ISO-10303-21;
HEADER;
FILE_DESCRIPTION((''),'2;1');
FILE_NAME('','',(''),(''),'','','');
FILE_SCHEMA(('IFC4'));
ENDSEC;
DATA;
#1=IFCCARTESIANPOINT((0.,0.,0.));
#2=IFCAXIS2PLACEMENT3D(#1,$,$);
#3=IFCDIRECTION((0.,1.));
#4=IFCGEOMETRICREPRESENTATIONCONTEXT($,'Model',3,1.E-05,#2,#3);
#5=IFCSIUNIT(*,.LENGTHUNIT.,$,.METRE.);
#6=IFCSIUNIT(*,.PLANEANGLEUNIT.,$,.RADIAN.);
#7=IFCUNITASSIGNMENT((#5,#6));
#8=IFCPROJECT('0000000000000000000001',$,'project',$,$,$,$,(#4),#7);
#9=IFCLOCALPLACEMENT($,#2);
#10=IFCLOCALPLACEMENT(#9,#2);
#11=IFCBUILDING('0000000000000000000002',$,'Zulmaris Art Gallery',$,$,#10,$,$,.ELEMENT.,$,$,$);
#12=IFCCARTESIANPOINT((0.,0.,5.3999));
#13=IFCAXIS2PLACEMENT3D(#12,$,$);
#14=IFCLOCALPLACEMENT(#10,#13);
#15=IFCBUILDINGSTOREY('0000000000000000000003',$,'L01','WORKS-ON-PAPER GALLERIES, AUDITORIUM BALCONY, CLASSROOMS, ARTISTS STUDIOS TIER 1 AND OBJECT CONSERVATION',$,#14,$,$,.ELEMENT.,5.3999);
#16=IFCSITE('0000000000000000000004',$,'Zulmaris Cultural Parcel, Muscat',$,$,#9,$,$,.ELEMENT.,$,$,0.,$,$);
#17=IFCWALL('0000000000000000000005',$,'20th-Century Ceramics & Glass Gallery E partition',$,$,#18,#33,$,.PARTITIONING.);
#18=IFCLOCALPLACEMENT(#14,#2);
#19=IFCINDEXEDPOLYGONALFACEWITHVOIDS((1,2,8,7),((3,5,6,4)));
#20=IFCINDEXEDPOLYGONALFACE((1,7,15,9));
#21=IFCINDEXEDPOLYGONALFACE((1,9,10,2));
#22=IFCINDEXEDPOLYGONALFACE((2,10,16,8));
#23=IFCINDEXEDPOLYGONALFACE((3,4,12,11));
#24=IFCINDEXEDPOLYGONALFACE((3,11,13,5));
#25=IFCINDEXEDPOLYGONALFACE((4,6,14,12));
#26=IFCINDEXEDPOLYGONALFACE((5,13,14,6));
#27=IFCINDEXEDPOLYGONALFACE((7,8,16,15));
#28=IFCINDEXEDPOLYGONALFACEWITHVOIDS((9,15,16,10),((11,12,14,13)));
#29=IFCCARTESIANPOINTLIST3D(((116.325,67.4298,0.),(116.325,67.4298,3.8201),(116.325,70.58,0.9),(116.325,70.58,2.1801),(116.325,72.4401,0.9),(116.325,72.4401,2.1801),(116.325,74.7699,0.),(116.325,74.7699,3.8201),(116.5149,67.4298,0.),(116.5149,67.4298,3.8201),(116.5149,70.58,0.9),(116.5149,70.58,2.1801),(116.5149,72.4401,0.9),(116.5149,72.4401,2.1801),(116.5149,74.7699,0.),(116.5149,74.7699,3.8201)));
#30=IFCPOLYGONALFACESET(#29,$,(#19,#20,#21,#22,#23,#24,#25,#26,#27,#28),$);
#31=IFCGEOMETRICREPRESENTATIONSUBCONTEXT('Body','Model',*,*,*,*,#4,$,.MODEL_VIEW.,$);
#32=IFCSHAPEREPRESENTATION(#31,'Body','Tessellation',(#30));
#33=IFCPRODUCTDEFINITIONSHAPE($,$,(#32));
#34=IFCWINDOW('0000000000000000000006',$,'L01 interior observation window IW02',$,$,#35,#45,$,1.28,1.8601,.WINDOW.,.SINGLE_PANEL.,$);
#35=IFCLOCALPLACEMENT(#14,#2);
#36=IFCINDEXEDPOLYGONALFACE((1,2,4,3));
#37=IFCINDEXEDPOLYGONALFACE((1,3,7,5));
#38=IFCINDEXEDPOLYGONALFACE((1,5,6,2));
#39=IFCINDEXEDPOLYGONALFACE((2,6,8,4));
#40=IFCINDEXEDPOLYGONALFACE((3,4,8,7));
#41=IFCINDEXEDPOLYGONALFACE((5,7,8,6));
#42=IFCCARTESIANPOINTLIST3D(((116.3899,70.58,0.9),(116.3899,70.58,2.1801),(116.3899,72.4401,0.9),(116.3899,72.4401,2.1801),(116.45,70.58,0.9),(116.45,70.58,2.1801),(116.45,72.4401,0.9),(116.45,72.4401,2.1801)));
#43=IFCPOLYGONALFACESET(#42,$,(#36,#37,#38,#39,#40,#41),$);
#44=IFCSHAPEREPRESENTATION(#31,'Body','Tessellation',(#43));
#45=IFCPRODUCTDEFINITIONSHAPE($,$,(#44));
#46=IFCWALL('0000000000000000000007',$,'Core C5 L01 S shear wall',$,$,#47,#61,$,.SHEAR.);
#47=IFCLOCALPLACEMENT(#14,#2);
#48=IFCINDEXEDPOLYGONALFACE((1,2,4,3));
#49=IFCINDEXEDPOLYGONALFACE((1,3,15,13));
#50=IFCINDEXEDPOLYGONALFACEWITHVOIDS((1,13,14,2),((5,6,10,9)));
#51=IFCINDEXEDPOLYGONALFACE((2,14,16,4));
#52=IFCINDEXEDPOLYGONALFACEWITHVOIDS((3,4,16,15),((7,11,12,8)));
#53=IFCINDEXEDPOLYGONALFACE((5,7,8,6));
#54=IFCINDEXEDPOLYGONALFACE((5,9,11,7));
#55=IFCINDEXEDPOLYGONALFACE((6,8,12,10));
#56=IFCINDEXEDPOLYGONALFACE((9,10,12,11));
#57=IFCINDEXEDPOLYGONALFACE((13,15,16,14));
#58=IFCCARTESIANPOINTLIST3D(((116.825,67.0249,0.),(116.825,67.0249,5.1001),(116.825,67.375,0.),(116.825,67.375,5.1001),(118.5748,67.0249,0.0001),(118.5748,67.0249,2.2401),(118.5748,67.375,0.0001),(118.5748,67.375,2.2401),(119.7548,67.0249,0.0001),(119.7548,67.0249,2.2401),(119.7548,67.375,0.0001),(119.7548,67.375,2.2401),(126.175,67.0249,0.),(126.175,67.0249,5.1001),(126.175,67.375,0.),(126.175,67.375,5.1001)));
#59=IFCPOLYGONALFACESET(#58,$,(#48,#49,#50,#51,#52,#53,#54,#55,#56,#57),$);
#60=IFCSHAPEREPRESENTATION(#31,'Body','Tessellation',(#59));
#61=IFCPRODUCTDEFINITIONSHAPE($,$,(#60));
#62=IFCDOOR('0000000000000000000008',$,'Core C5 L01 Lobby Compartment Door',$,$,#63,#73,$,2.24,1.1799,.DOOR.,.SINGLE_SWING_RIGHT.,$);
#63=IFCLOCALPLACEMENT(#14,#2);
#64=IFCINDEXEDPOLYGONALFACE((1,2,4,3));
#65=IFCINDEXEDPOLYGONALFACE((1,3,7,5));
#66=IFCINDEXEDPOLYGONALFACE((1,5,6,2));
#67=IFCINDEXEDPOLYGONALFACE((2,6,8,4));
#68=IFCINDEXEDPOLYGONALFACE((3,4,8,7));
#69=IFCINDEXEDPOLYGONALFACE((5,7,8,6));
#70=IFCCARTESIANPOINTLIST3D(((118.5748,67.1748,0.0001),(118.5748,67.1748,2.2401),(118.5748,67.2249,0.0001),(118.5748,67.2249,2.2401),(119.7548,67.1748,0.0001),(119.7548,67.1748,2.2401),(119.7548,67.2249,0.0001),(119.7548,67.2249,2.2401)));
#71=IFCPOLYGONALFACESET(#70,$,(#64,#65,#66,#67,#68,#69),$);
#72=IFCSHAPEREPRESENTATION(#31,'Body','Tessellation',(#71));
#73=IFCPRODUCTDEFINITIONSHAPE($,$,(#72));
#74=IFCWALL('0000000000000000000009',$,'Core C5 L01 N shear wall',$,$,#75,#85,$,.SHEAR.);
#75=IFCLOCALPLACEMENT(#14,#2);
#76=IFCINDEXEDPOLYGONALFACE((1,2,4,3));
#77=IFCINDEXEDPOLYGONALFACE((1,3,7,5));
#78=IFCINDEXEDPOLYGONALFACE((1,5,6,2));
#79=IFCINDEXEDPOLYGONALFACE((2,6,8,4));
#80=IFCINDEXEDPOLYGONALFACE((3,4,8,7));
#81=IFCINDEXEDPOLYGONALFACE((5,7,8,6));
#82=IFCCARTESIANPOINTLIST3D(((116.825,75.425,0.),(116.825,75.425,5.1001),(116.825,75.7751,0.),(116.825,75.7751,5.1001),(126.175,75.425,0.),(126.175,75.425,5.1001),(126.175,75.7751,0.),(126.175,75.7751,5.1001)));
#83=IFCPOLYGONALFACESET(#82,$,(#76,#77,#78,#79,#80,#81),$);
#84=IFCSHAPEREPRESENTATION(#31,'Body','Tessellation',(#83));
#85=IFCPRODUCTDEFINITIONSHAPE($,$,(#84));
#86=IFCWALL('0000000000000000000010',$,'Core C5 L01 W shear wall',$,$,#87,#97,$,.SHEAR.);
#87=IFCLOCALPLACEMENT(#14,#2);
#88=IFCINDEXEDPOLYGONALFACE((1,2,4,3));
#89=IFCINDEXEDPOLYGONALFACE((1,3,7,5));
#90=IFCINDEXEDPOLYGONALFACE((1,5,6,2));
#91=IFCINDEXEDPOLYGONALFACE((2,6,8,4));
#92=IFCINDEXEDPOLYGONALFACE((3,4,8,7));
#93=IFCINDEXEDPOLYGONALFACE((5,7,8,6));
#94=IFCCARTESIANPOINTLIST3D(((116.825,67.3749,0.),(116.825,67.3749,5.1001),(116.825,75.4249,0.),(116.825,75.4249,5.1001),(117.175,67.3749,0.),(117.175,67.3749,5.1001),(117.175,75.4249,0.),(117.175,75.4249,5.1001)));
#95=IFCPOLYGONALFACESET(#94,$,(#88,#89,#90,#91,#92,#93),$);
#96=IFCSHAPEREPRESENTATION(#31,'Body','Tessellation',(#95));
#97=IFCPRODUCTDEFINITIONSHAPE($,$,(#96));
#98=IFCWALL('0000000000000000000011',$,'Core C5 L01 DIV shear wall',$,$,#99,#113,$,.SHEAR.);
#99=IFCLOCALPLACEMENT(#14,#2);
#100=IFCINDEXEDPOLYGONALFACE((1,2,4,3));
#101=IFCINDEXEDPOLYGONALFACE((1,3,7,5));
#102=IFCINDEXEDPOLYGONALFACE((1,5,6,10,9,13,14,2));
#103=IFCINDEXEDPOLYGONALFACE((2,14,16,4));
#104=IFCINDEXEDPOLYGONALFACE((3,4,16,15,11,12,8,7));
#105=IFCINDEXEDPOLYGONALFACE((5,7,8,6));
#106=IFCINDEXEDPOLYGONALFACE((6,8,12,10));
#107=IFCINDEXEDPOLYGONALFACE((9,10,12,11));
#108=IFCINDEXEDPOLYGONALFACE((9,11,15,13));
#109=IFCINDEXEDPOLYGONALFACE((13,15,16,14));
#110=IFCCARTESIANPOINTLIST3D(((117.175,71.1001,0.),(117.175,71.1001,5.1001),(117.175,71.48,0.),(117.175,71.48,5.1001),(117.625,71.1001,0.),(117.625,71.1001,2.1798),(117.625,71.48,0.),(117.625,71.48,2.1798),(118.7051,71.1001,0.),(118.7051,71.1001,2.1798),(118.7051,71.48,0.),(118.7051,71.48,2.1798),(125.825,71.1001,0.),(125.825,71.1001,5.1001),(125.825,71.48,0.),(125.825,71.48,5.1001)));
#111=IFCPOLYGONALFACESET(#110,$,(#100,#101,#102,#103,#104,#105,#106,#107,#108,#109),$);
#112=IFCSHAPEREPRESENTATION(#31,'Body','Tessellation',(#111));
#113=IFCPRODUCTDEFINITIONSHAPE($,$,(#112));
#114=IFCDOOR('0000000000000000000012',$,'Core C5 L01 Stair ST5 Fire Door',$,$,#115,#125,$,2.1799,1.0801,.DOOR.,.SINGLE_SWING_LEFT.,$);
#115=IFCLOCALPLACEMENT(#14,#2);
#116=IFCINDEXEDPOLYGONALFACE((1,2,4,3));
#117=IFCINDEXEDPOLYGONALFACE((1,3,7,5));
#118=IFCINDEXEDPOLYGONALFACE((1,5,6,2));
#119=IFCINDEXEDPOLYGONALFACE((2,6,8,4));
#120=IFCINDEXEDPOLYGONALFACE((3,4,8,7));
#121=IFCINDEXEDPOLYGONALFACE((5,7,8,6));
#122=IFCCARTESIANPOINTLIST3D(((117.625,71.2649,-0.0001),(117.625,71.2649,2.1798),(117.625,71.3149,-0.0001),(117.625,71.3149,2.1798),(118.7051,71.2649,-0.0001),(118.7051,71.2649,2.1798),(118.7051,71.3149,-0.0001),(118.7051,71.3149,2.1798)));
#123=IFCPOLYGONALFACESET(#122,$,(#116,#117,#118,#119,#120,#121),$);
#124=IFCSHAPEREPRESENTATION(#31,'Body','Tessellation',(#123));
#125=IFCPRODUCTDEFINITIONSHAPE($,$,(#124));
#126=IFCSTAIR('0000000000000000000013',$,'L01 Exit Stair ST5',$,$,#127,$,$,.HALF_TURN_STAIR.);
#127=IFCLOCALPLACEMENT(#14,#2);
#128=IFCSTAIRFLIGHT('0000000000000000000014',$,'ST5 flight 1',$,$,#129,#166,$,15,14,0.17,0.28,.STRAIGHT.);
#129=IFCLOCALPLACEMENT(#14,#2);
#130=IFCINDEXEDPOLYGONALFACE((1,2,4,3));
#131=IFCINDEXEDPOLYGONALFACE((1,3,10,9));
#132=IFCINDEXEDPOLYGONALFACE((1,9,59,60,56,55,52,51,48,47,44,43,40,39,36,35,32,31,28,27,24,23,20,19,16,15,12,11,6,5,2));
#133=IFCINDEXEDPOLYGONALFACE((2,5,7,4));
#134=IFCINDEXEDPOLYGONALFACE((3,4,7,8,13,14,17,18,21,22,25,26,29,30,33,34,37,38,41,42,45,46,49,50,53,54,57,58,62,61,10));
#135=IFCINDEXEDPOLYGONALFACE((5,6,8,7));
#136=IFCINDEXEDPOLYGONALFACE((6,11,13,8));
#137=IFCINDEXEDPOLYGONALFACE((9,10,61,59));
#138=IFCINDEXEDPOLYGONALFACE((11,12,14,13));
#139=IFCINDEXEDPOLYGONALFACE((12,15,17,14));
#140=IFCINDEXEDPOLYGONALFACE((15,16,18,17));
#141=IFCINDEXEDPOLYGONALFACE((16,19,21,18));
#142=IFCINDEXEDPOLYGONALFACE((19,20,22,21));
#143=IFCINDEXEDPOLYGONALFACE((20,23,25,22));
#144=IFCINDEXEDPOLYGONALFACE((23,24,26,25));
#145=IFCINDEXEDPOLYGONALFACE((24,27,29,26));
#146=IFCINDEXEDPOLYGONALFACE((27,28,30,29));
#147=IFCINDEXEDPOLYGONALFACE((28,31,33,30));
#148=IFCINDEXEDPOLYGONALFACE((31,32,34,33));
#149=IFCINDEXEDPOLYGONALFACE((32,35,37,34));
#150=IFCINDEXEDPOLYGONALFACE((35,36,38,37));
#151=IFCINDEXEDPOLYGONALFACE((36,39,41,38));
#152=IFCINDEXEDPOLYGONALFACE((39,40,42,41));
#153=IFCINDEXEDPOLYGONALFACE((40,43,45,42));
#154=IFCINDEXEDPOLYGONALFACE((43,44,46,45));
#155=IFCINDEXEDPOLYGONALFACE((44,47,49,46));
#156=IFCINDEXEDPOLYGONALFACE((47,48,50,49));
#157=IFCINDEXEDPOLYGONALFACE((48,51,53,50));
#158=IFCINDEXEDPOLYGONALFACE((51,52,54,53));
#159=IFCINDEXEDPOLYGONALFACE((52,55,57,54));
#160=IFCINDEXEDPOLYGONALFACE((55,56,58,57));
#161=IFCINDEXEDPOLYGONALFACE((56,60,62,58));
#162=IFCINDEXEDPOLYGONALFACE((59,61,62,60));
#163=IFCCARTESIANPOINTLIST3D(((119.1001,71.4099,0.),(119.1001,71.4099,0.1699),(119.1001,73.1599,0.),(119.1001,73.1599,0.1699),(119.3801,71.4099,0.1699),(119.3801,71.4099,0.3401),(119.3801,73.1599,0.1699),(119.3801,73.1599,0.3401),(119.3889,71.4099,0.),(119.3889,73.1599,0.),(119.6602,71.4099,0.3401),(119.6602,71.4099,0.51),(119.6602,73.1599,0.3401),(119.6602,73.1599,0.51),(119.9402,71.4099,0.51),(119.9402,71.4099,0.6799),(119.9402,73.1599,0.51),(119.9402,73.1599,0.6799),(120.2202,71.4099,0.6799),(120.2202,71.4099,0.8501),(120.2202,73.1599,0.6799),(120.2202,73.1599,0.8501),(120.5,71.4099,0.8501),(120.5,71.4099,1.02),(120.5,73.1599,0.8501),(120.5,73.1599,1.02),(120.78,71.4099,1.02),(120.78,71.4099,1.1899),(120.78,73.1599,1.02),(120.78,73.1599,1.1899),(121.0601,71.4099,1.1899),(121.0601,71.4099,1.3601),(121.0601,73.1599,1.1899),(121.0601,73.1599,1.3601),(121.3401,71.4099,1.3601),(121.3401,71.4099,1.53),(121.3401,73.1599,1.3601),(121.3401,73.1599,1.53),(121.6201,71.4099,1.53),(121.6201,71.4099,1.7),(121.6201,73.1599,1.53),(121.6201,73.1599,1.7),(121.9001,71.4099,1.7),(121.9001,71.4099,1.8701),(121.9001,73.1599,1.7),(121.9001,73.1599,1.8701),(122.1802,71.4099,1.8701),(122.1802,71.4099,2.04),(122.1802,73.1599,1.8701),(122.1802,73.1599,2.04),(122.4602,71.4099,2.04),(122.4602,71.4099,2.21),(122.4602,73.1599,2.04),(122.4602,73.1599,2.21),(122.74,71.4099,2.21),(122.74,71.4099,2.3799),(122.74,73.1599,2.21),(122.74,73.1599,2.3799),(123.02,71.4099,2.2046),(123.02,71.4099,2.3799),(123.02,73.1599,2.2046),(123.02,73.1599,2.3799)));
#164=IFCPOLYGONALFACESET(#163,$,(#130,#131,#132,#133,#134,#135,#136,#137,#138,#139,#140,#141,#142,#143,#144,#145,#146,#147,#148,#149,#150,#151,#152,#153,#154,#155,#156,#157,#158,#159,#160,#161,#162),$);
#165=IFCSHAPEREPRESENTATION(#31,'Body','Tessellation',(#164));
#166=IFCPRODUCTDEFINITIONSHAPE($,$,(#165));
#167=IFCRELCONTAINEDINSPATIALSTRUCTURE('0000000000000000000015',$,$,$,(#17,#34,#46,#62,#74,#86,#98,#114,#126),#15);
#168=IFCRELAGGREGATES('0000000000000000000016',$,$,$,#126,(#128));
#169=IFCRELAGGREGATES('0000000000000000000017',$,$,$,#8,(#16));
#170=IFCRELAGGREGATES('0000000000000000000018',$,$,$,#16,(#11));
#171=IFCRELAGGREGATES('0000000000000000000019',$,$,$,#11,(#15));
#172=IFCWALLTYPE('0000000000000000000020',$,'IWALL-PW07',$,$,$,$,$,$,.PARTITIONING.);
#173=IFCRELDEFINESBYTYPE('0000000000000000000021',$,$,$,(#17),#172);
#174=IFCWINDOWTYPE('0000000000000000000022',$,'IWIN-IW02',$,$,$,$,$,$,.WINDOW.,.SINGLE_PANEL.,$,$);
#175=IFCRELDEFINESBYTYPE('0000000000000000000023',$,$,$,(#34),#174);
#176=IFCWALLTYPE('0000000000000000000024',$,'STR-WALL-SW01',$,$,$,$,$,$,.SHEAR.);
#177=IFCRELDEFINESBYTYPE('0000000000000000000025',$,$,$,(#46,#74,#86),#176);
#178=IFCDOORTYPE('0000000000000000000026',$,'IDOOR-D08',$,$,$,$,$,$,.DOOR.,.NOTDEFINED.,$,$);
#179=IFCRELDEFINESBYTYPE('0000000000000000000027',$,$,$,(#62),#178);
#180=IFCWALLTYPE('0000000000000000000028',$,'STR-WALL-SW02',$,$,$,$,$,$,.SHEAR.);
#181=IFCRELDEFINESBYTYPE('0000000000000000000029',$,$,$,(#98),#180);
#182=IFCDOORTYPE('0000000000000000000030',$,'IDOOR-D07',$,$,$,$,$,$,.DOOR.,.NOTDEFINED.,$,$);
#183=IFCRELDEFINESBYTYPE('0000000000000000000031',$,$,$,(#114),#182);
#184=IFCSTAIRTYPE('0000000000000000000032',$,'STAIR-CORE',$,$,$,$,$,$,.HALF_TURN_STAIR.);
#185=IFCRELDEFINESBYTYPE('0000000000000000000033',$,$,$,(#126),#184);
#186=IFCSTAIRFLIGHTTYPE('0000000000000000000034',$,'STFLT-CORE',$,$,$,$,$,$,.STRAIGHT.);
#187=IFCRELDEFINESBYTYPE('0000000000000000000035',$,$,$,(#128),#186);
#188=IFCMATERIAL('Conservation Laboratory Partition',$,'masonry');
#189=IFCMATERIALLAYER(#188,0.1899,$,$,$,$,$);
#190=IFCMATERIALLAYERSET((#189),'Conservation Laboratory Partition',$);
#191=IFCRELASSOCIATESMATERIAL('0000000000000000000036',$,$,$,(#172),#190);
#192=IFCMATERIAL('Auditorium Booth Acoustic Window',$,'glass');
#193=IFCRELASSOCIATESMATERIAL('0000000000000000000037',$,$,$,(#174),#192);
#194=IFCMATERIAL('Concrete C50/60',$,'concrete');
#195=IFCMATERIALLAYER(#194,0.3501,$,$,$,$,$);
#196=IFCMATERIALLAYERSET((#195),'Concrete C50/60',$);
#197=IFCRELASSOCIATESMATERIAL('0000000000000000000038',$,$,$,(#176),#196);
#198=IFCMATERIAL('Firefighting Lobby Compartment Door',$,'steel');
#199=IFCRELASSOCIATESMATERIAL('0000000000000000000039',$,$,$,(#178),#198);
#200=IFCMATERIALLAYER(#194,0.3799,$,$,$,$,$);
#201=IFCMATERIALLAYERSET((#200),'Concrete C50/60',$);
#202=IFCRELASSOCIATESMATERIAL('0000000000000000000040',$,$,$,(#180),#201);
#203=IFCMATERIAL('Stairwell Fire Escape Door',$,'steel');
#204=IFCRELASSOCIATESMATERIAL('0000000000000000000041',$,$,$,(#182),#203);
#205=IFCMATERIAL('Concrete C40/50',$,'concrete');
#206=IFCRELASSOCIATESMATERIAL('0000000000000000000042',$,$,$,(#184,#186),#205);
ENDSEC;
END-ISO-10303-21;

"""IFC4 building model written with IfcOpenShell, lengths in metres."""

from ifc_helpers import new_model, si_unit, direction, frame, frame_2d, origin, place, context, subcontext, project, spatial, polyline, rectangle, outline, extrude, material, layer, layer_set, type_object, element, fill, aggregate, save


model = new_model("IFC4")

# Units and contexts
model_context = context("Model", 3, precision=1e-05, world=origin(), true_north=direction((0.0, 1.0)))
body_context = subcontext(model_context, "Body", "Model", "MODEL_VIEW")
ifc_project = project(units=[si_unit("LENGTHUNIT", "METRE"), si_unit("PLANEANGLEUNIT", "RADIAN")], contexts=[model_context])

# Site, building, storey
site_placement = place(None, origin())
site = spatial("IfcSite", under=ifc_project, at=site_placement, Name="Zulmaris Cultural Parcel, Muscat", CompositionType="ELEMENT", RefElevation=0.0)
building_placement = place(site_placement, origin())
building = spatial("IfcBuilding", under=site, at=building_placement, Name="Zulmaris Art Gallery", CompositionType="ELEMENT")
storey_placement = place(building_placement, frame((0.0, 0.0, 5.3999)))
storey = spatial("IfcBuildingStorey", under=building, at=storey_placement, Name="L01", Description="WORKS-ON-PAPER GALLERIES, AUDITORIUM BALCONY, CLASSROOMS, ARTISTS STUDIOS TIER 1 AND OBJECT CONSERVATION", CompositionType="ELEMENT", Elevation=5.3999)

# Shared definitions
ifc_material_1 = material(Name="Concrete C40/50", Category="concrete")

# Wall, opening, window
ifc_material_2 = material(Name="Conservation Laboratory Partition", Category="masonry")
ifc_layer_1 = layer(ifc_material_2, 0.1899)
ifc_layer_set_1 = layer_set([ifc_layer_1], Name="Conservation Laboratory Partition")
wall_type_1 = type_object("IfcWallType", Name="IWALL-PW07", PredefinedType="PARTITIONING", material=ifc_layer_set_1)
wall_1_placement = place(storey_placement, frame((116.4199, 67.4299, 0.0), z_axis=(0.0, 0.0, 1.0), x_axis=(0.0, 1.0, 0.0)))
wall_1 = element("IfcWall", 1, at=wall_1_placement, inside=storey, type_object=wall_type_1, Name="20th-Century Ceramics & Glass Gallery E partition", PredefinedType="PARTITIONING", context=body_context, shape_type="SweptSolid", body=[
    extrude(rectangle(XDim=7.3401, YDim=0.1899, at=frame_2d((3.6699, 0.0))), origin(), (0.0, 0.0, 1.0), 3.8201),
])
opening_1_placement = place(wall_1_placement, frame((3.1499, 0.0, 0.8999)))
opening_1 = element("IfcOpeningElement", 2, at=opening_1_placement, cuts=wall_1, PredefinedType="OPENING", context=body_context, shape_type="SweptSolid", body=[
    extrude(rectangle(XDim=1.8601, YDim=1.28, at=frame_2d((0.9302, 0.6401))), frame((0.0, 0.105, 0.0), z_axis=(0.0, -1.0, 0.0), x_axis=(1.0, 0.0, 0.0)), (0.0, 0.0, 1.0), 0.21),
])
ifc_material_3 = material(Name="Auditorium Booth Acoustic Window", Category="glass")
window_type = type_object("IfcWindowType", Name="IWIN-IW02", PartitioningType="SINGLE_PANEL", PredefinedType="WINDOW", material=ifc_material_3)
window_placement = place(opening_1_placement, origin())
window = element("IfcWindow", 3, at=window_placement, inside=storey, type_object=window_type, Name="L01 interior observation window IW02", OverallHeight=1.28, OverallWidth=1.8601, PartitioningType="SINGLE_PANEL", PredefinedType="WINDOW", context=body_context, shape_type="SweptSolid", body=[
    extrude(rectangle(XDim=1.8601, YDim=1.28, at=frame_2d((0.9302, 0.6401))), frame((0.0, 0.03, 0.0), z_axis=(0.0, -1.0, 0.0), x_axis=(1.0, 0.0, 0.0)), (0.0, 0.0, 1.0), 0.0601),
])
fill(opening_1, window)

# Wall, opening, door
ifc_material_4 = material(Name="Concrete C50/60", Category="concrete")
ifc_layer_2 = layer(ifc_material_4, 0.3501)
ifc_layer_set_2 = layer_set([ifc_layer_2], Name="Concrete C50/60")
wall_type_2 = type_object("IfcWallType", Name="STR-WALL-SW01", PredefinedType="SHEAR", material=ifc_layer_set_2)
wall_2_placement = place(storey_placement, frame((116.825, 67.2, 0.0), z_axis=(0.0, 0.0, 1.0), x_axis=(1.0, 0.0, 0.0)))
wall_2 = element("IfcWall", 4, at=wall_2_placement, inside=storey, type_object=wall_type_2, Name="Core C5 L01 S shear wall", PredefinedType="SHEAR", context=body_context, shape_type="SweptSolid", body=[
    extrude(rectangle(XDim=9.3501, YDim=0.3501, at=frame_2d((4.675, 0.0))), origin(), (0.0, 0.0, 1.0), 5.1001),
])
opening_2_placement = place(wall_2_placement, frame((1.75, 0.0, 0.0)))
opening_2 = element("IfcOpeningElement", 5, at=opening_2_placement, cuts=wall_2, PredefinedType="OPENING", context=body_context, shape_type="SweptSolid", body=[
    extrude(rectangle(XDim=1.1799, YDim=2.24, at=frame_2d((0.5898, 1.1201))), frame((0.0, 0.1851, 0.0), z_axis=(0.0, -1.0, 0.0), x_axis=(1.0, 0.0, 0.0)), (0.0, 0.0, 1.0), 0.3701),
])
ifc_material_5 = material(Name="Firefighting Lobby Compartment Door", Category="steel")
door_type_1 = type_object("IfcDoorType", Name="IDOOR-D08", OperationType="NOTDEFINED", PredefinedType="DOOR", material=ifc_material_5)
door_1_placement = place(opening_2_placement, origin())
door_1 = element("IfcDoor", 6, at=door_1_placement, inside=storey, type_object=door_type_1, Name="Core C5 L01 Lobby Compartment Door", OperationType="SINGLE_SWING_RIGHT", OverallHeight=2.24, OverallWidth=1.1799, PredefinedType="DOOR", context=body_context, shape_type="SweptSolid", body=[
    extrude(rectangle(XDim=1.1799, YDim=2.24, at=frame_2d((0.5898, 1.1201))), frame((0.0, 0.0249, 0.0), z_axis=(0.0, -1.0, 0.0), x_axis=(1.0, 0.0, 0.0)), (0.0, 0.0, 1.0), 0.05),
])
fill(opening_2, door_1)

# Walls
wall_3_placement = place(storey_placement, frame((116.825, 75.6001, 0.0), z_axis=(0.0, 0.0, 1.0), x_axis=(1.0, 0.0, 0.0)))
element("IfcWall", 7, at=wall_3_placement, inside=storey, type_object=wall_type_2, Name="Core C5 L01 N shear wall", PredefinedType="SHEAR", context=body_context, shape_type="SweptSolid", body=[
    extrude(rectangle(XDim=9.3501, YDim=0.3501, at=frame_2d((4.675, 0.0))), origin(), (0.0, 0.0, 1.0), 5.1001),
])
wall_4_placement = place(storey_placement, frame((117.0, 67.375, 0.0), z_axis=(0.0, 0.0, 1.0), x_axis=(0.0, 1.0, 0.0)))
element("IfcWall", 8, at=wall_4_placement, inside=storey, type_object=wall_type_2, Name="Core C5 L01 W shear wall", PredefinedType="SHEAR", context=body_context, shape_type="SweptSolid", body=[
    extrude(rectangle(XDim=8.05, YDim=0.3501, at=frame_2d((4.0249, 0.0))), origin(), (0.0, 0.0, 1.0), 5.1001),
])

# Wall, opening, door
ifc_layer_3 = layer(ifc_material_4, 0.3799)
ifc_layer_set_3 = layer_set([ifc_layer_3], Name="Concrete C50/60")
wall_type_3 = type_object("IfcWallType", Name="STR-WALL-SW02", PredefinedType="SHEAR", material=ifc_layer_set_3)
wall_5_placement = place(storey_placement, frame((117.175, 71.29, 0.0), z_axis=(0.0, 0.0, 1.0), x_axis=(1.0, 0.0, 0.0)))
wall_5 = element("IfcWall", 9, at=wall_5_placement, inside=storey, type_object=wall_type_3, Name="Core C5 L01 DIV shear wall", PredefinedType="SHEAR", context=body_context, shape_type="SweptSolid", body=[
    extrude(rectangle(XDim=8.6499, YDim=0.3799, at=frame_2d((4.325, 0.0))), origin(), (0.0, 0.0, 1.0), 5.1001),
])
opening_3_placement = place(wall_5_placement, frame((0.45, 0.0, 0.0)))
opening_3 = element("IfcOpeningElement", 10, at=opening_3_placement, cuts=wall_5, PredefinedType="OPENING", context=body_context, shape_type="SweptSolid", body=[
    extrude(rectangle(XDim=1.0801, YDim=2.1799, at=frame_2d((0.54, 1.0898))), frame((0.0, 0.2, 0.0), z_axis=(0.0, -1.0, 0.0), x_axis=(1.0, 0.0, 0.0)), (0.0, 0.0, 1.0), 0.3999),
])
ifc_material_6 = material(Name="Stairwell Fire Escape Door", Category="steel")
door_type_2 = type_object("IfcDoorType", Name="IDOOR-D07", OperationType="NOTDEFINED", PredefinedType="DOOR", material=ifc_material_6)
door_2_placement = place(opening_3_placement, origin())
door_2 = element("IfcDoor", 11, at=door_2_placement, inside=storey, type_object=door_type_2, Name="Core C5 L01 Stair ST5 Fire Door", OperationType="SINGLE_SWING_LEFT", OverallHeight=2.1799, OverallWidth=1.0801, PredefinedType="DOOR", context=body_context, shape_type="SweptSolid", body=[
    extrude(rectangle(XDim=1.0801, YDim=2.1799, at=frame_2d((0.54, 1.0898))), frame((0.0, 0.0249, 0.0), z_axis=(0.0, -1.0, 0.0), x_axis=(1.0, 0.0, 0.0)), (0.0, 0.0, 1.0), 0.05),
])
fill(opening_3, door_2)

# Stair, stair flight
stair_type = type_object("IfcStairType", Name="STAIR-CORE", PredefinedType="HALF_TURN_STAIR", material=ifc_material_1)
stair_placement = place(storey_placement, origin())
stair = element("IfcStair", 12, at=stair_placement, inside=storey, type_object=stair_type, Name="L01 Exit Stair ST5", PredefinedType="HALF_TURN_STAIR")
stair_flight_type = type_object("IfcStairFlightType", Name="STFLT-CORE", PredefinedType="STRAIGHT", material=ifc_material_1)
stair_flight_placement = place(storey_placement, frame((119.1001, 72.2849, 0.0), z_axis=(0.0, 0.0, 1.0), x_axis=(1.0, 0.0, 0.0)))
stair_flight = element("IfcStairFlight", 13, at=stair_flight_placement, type_object=stair_flight_type, Name="ST5 flight 1", NumberOfRisers=15, NumberOfTreads=14, PredefinedType="STRAIGHT", RiserHeight=0.17, TreadLength=0.28, context=body_context, shape_type="SweptSolid", body=[
    extrude(outline(polyline([(0.0, 0.0), (0.0, 0.1699), (0.28, 0.1699), (0.28, 0.3401), (0.5601, 0.3401), (0.5601, 0.51), (0.8401, 0.51), (0.8401, 0.6799), (1.1201, 0.6799), (1.1201, 0.8501), (1.3999, 0.8501), (1.3999, 1.02), (1.6799, 1.02), (1.6799, 1.1899), (1.96, 1.1899), (1.96, 1.3601), (2.24, 1.3601), (2.24, 1.53), (2.52, 1.53), (2.52, 1.7), (2.8, 1.7), (2.8, 1.8701), (3.0801, 1.8701), (3.0801, 2.04), (3.3601, 2.04), (3.3601, 2.21), (3.6399, 2.21), (3.6399, 2.3799), (3.9199, 2.3799), (3.9199, 2.55), (3.9199, 2.2046), (0.2888, 0.0), (0.0, 0.0)])), frame((0.0, 0.875, 0.0), z_axis=(0.0, -1.0, 0.0), x_axis=(1.0, 0.0, 0.0)), (0.0, 0.0, 1.0), 1.75),
])
aggregate(stair, [stair_flight])

save(model, "model.ifc")
